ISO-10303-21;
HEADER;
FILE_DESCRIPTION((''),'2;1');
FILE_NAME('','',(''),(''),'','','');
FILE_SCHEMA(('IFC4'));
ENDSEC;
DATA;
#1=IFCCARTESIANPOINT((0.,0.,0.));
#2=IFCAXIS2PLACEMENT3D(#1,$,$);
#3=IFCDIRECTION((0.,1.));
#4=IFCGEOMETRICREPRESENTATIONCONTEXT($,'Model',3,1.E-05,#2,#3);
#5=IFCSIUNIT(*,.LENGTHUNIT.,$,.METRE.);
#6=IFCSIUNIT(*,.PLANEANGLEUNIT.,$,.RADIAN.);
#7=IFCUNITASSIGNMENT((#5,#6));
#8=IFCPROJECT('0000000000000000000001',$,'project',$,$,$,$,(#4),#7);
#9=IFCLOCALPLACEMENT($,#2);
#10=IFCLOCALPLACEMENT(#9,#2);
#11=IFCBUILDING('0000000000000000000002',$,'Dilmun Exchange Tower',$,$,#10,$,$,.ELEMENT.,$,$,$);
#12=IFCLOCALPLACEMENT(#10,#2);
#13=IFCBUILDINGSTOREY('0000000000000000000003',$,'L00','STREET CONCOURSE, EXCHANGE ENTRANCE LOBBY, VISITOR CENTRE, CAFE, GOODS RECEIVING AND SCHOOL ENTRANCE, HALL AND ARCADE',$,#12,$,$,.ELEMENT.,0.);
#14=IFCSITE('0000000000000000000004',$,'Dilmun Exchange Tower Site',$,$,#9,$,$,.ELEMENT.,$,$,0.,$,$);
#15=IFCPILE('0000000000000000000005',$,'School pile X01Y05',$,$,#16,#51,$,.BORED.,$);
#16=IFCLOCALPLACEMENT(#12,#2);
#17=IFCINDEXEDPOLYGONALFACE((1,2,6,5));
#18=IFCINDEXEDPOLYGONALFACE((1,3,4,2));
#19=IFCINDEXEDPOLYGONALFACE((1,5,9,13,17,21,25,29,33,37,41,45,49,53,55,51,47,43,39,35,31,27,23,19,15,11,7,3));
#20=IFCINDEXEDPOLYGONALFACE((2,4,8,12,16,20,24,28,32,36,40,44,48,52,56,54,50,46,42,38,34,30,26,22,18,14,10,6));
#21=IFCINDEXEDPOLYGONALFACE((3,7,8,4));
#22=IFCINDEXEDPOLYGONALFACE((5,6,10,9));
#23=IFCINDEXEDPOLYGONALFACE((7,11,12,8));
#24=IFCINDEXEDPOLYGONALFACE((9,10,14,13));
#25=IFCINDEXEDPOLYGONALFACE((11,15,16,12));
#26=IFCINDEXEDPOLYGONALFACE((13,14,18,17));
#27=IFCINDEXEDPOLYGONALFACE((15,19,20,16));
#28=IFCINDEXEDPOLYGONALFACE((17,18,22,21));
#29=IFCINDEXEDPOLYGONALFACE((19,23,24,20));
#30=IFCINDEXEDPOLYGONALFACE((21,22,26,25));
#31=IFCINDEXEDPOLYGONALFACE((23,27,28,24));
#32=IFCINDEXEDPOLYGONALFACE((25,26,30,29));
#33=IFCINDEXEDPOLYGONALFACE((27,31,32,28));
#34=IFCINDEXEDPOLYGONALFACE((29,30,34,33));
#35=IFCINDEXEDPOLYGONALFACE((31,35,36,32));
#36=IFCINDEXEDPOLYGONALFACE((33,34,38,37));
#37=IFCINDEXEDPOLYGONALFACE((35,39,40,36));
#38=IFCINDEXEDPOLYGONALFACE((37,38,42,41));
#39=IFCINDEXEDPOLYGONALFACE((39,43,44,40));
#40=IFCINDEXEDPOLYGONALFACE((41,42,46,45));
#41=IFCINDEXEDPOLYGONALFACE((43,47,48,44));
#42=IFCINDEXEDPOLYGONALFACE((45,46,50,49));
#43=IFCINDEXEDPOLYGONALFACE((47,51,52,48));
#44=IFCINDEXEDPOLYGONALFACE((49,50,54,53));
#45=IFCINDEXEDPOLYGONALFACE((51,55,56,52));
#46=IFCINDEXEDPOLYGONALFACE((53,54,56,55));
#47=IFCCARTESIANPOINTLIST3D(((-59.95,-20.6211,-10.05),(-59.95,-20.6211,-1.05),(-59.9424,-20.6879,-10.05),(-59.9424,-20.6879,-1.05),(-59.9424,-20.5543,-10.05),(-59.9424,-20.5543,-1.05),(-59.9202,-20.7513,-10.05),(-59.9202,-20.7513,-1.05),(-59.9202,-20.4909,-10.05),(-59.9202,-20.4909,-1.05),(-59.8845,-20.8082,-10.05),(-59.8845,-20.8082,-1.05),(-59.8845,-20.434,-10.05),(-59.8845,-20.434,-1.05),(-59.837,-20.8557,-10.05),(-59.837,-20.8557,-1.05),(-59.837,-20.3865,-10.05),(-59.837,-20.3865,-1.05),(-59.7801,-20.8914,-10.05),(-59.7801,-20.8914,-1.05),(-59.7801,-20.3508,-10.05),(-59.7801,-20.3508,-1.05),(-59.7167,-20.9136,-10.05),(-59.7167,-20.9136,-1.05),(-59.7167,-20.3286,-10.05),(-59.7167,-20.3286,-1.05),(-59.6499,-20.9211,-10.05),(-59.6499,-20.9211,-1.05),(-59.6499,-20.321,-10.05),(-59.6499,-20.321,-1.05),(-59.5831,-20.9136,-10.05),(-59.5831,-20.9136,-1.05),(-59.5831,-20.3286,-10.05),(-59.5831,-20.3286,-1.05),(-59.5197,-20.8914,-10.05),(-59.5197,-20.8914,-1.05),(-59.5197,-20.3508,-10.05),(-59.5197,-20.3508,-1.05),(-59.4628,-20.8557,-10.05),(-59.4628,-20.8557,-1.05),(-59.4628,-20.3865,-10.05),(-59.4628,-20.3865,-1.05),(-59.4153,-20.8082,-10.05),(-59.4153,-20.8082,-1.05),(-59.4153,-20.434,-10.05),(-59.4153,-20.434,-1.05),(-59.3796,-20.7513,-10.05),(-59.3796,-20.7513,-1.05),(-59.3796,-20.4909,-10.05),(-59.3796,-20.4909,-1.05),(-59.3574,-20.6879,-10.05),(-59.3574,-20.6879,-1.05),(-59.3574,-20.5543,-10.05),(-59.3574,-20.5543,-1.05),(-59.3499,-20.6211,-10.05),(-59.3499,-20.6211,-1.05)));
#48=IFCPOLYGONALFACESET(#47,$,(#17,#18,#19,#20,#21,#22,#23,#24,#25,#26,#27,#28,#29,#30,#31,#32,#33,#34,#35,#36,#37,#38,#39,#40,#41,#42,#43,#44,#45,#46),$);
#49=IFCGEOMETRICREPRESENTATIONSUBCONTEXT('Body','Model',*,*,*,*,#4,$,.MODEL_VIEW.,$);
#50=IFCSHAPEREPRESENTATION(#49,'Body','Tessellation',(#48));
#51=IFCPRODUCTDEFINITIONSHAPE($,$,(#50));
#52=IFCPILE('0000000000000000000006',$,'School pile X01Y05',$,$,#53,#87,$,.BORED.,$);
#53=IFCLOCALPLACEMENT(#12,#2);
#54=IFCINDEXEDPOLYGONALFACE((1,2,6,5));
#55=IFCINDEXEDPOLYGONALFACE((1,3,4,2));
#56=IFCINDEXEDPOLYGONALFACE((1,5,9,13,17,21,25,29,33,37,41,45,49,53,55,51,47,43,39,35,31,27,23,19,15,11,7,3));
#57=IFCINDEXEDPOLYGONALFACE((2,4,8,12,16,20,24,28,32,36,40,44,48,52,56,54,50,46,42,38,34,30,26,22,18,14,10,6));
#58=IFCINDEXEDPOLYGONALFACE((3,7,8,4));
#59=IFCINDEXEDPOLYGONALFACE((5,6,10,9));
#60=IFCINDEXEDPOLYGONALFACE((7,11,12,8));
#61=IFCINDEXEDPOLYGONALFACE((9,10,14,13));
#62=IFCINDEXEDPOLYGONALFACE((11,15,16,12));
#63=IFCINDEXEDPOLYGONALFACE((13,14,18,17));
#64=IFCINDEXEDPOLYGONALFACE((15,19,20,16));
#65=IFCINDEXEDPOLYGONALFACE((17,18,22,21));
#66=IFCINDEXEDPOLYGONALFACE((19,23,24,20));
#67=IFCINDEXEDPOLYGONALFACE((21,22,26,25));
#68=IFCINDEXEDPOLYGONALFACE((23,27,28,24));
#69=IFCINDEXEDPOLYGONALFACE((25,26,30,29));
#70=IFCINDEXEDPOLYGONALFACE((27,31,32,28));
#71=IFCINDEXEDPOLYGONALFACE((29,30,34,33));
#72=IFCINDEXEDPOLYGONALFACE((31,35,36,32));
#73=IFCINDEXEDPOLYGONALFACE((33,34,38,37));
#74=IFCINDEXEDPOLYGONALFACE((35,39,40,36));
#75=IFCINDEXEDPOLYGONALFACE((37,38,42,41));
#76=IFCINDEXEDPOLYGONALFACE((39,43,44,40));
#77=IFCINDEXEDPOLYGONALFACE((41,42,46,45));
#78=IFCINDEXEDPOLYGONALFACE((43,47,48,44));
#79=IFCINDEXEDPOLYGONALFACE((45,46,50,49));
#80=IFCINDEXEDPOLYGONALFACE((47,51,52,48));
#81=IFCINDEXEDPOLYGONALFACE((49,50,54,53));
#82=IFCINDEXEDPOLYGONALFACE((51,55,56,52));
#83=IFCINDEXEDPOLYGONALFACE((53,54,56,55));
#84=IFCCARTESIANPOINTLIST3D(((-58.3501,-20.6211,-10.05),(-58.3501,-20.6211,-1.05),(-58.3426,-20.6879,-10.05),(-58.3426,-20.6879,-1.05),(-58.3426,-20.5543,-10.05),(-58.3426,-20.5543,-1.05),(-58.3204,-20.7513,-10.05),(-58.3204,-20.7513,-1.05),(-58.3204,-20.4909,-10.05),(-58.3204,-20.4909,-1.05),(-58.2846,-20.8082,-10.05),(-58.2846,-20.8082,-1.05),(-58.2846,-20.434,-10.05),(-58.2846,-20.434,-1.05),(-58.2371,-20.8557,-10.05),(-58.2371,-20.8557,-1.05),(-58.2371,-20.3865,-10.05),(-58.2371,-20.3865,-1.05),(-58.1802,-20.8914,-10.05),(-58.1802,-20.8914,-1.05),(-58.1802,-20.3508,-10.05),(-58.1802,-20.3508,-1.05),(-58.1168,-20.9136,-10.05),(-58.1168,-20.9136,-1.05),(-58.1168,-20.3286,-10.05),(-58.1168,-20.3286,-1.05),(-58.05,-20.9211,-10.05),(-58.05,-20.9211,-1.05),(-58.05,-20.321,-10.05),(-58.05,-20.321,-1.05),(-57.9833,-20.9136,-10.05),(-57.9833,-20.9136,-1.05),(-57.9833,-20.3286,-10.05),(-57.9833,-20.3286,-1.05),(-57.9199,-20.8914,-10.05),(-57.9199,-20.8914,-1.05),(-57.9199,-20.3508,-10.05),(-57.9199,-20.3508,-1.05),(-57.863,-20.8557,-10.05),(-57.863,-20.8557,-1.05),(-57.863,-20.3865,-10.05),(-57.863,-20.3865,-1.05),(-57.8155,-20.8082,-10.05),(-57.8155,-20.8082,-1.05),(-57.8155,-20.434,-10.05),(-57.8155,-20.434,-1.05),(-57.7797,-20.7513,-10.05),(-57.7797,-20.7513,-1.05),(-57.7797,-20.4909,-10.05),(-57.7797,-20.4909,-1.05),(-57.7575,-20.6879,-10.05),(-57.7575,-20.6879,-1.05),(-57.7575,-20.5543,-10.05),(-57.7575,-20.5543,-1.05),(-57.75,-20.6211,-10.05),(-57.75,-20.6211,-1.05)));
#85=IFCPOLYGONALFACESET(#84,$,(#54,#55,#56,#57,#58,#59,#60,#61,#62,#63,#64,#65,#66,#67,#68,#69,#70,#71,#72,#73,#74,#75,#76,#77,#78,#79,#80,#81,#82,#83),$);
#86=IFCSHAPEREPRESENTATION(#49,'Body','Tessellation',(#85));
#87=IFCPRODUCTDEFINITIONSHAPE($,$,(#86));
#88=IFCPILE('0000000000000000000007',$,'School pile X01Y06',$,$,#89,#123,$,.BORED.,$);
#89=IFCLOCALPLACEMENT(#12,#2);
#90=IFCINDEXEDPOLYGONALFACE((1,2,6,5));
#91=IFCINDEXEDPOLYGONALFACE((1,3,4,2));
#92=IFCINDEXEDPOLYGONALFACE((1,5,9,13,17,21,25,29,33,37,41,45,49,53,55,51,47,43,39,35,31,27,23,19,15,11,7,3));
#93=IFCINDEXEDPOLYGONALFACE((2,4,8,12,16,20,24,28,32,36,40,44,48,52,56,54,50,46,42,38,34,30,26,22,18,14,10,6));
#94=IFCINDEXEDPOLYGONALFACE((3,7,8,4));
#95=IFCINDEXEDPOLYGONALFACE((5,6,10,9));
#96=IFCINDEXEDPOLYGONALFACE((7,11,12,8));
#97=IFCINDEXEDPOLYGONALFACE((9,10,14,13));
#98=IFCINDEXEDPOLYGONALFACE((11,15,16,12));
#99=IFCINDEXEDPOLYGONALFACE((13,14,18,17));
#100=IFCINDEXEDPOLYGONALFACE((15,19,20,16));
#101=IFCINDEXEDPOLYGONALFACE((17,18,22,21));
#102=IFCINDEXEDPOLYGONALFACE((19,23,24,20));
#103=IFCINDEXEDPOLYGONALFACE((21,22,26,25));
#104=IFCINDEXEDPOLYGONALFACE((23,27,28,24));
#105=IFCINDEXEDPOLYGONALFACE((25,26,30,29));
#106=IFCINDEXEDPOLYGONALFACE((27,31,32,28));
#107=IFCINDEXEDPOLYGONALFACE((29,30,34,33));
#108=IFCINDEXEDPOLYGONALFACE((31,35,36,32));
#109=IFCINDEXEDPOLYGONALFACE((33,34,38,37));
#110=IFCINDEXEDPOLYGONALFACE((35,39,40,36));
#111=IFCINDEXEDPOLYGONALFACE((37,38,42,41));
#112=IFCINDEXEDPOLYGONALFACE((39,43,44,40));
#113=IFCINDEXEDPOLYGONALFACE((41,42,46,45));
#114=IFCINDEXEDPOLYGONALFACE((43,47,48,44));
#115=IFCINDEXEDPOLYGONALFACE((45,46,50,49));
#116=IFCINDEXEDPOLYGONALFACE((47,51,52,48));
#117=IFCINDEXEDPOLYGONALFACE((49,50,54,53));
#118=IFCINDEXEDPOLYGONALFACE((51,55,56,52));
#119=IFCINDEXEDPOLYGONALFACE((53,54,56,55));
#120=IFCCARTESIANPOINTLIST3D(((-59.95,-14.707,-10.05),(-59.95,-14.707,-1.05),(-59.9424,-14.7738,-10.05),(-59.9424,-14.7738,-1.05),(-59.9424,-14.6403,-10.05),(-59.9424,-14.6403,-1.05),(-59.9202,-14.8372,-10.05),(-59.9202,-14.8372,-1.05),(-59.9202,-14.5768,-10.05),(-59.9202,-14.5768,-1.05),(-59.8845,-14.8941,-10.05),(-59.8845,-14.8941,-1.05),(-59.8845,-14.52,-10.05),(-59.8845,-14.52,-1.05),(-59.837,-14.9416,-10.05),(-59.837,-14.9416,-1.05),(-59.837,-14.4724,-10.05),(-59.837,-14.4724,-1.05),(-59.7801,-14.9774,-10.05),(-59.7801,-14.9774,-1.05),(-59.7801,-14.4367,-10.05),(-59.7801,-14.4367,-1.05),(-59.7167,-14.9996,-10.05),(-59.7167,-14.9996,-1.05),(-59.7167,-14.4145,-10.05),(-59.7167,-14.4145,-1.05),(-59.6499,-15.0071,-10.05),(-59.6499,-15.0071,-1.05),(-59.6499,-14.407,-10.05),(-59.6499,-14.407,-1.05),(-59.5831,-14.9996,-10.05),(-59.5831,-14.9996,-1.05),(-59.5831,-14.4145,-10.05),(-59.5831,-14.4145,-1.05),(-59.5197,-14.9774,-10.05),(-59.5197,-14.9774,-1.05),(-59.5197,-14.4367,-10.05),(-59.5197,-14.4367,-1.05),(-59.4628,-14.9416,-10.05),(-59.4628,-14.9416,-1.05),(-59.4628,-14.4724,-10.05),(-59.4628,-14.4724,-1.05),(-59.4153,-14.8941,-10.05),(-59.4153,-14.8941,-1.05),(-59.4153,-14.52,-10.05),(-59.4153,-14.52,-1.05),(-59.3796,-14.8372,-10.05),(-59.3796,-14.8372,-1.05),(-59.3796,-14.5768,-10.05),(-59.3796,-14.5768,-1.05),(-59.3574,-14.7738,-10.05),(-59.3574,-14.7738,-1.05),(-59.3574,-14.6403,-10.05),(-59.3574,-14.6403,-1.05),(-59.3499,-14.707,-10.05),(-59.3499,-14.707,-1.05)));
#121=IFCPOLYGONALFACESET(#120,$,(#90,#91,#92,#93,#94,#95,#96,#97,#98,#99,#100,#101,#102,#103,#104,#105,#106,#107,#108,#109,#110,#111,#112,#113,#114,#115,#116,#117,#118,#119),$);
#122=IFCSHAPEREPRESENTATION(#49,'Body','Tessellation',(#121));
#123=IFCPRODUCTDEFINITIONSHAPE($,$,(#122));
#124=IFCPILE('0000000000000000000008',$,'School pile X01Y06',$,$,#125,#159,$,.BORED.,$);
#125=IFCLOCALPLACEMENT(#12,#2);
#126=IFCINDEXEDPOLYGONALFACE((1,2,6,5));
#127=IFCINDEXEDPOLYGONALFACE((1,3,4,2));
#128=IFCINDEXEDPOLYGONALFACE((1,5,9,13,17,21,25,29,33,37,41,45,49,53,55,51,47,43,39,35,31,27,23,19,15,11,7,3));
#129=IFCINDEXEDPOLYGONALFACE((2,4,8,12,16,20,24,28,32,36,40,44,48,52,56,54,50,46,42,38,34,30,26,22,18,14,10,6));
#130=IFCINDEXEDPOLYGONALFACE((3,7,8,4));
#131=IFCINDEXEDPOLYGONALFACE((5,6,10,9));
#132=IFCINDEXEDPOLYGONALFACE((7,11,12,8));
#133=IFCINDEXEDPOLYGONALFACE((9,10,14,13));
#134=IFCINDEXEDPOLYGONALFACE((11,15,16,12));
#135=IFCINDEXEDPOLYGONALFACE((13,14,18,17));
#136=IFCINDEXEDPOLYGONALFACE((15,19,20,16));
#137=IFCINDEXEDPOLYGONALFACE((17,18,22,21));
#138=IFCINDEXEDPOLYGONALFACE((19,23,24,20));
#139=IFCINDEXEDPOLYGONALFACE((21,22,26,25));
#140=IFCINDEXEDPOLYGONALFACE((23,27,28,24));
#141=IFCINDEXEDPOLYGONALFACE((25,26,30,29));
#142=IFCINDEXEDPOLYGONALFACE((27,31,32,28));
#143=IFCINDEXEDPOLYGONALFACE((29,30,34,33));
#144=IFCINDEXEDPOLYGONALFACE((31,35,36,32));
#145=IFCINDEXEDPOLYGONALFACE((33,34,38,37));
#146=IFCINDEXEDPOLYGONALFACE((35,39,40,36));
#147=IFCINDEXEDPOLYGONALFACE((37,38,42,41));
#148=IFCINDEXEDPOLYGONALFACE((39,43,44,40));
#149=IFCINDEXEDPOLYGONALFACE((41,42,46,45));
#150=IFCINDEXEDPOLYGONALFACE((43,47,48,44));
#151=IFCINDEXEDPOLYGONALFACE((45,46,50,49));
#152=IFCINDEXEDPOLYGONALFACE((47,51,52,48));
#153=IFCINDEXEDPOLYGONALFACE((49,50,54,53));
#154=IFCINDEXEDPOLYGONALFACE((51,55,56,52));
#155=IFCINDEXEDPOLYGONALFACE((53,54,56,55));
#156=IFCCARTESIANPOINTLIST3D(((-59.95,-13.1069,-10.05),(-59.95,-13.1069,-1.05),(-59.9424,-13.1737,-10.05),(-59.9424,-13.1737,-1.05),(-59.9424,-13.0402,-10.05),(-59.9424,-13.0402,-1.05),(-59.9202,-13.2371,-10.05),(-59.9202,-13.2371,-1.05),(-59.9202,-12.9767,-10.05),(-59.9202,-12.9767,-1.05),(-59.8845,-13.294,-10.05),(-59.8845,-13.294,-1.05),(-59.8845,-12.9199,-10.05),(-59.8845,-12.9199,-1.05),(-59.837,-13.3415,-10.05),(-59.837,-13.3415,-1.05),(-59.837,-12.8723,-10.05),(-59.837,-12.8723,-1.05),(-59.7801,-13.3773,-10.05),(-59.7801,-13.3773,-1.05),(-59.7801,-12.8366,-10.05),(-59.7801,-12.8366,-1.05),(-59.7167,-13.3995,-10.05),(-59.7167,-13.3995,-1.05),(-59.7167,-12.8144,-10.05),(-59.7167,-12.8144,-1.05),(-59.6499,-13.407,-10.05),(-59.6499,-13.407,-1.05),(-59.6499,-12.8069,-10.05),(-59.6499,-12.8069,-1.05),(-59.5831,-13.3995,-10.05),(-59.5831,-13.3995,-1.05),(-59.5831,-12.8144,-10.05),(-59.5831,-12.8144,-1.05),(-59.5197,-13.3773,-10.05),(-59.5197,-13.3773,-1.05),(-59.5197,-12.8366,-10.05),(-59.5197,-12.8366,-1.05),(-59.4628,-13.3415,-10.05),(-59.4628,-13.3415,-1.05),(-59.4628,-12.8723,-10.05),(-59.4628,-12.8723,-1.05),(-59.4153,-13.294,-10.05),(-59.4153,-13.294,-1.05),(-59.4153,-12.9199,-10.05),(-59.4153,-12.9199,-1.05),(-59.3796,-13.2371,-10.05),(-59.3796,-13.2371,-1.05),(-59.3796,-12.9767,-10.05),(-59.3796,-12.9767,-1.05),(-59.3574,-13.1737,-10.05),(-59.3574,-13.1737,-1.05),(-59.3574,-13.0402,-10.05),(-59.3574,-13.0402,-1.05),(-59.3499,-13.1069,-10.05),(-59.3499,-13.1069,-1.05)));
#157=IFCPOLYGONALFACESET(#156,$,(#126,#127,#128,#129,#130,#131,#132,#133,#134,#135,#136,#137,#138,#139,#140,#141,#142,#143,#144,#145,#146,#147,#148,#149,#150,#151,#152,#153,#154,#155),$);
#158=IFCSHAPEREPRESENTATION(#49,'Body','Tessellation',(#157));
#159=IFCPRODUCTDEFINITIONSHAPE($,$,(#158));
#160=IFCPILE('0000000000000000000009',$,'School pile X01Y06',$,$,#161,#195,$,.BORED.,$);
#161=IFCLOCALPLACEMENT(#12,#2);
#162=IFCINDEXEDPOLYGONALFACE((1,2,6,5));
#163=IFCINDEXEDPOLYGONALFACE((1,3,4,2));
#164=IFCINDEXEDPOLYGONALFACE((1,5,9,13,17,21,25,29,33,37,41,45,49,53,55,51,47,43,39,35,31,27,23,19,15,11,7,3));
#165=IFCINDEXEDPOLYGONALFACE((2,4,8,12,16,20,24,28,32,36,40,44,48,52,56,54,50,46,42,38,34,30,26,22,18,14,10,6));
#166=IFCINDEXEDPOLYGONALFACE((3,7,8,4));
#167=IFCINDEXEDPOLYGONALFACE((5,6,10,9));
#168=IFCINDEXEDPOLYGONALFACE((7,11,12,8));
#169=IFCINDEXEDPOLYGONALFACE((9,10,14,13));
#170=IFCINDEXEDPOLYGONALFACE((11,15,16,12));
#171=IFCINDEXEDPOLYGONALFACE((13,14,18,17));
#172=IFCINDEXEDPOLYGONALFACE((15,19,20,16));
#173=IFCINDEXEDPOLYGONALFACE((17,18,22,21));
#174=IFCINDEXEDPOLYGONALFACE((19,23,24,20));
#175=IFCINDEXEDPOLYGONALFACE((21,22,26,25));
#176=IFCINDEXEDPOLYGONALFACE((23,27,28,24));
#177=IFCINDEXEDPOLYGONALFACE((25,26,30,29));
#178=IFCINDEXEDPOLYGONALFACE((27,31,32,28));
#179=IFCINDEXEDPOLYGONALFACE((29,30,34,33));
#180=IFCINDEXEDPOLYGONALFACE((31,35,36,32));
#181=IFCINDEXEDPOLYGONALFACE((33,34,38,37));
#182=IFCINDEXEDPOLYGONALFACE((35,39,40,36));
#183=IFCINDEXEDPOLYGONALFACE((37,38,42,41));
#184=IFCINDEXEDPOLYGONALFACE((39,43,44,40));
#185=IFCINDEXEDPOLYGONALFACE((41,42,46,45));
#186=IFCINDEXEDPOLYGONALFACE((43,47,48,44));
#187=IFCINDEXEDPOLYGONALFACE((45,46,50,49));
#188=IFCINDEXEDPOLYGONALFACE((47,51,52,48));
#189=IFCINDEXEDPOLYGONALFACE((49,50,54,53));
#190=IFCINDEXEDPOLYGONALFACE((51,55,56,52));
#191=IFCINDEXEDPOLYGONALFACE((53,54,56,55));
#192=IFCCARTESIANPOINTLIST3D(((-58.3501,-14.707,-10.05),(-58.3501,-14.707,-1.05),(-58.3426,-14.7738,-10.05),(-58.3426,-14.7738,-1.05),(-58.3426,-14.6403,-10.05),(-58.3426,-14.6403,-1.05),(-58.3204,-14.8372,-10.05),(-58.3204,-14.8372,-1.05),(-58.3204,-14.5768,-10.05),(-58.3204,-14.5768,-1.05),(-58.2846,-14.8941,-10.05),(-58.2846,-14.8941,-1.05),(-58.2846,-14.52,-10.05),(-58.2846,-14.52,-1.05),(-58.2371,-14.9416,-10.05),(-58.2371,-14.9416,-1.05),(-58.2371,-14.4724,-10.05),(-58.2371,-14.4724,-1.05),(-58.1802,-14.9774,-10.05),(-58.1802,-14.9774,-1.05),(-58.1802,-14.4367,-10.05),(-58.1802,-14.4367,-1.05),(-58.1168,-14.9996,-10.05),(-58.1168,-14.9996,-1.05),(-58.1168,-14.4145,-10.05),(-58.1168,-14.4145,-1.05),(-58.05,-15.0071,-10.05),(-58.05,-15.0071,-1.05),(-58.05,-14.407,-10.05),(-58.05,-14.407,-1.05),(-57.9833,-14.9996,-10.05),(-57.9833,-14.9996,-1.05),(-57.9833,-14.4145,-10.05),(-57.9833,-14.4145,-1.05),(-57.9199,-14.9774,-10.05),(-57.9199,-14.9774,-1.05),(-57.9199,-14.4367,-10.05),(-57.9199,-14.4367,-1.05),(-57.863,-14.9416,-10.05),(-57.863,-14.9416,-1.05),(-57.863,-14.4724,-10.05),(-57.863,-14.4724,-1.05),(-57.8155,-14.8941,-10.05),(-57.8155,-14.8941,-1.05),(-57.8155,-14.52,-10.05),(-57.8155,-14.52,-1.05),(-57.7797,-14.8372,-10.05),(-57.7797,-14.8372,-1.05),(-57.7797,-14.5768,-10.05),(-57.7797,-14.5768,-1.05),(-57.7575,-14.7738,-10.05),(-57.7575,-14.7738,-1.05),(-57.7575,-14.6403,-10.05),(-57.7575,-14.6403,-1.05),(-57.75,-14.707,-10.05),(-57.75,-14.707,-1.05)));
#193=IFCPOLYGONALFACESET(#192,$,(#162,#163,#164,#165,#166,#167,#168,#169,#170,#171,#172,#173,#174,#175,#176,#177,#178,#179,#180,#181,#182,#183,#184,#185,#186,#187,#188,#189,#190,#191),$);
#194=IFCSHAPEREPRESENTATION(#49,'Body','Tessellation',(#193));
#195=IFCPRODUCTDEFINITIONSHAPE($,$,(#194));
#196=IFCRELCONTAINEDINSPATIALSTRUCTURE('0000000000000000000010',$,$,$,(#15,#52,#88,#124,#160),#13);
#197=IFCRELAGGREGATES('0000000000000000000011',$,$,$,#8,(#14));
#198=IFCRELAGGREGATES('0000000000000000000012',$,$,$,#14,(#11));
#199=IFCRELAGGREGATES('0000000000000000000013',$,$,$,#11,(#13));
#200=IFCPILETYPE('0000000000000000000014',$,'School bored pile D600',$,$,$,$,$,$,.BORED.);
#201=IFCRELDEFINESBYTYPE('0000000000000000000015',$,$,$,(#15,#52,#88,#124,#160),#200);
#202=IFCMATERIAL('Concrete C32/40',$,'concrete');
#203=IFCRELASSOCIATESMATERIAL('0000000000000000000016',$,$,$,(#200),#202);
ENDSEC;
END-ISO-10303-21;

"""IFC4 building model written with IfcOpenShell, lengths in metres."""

from ifc_helpers import new_model, si_unit, direction, frame, origin, origin_2d, place, context, subcontext, project, spatial, circle, extrude, material, material_profile, profile_set, type_object, element, save


model = new_model("IFC4")

# Units and contexts
model_context = context("Model", 3, precision=1e-05, world=origin(), true_north=direction((0.0, 1.0)))
body_context = subcontext(model_context, "Body", "Model", "MODEL_VIEW")
ifc_project = project(units=[si_unit("LENGTHUNIT", "METRE"), si_unit("PLANEANGLEUNIT", "RADIAN")], contexts=[model_context])

# Site, building, storey
site_placement = place(None, origin())
site = spatial("IfcSite", under=ifc_project, at=site_placement, Name="Dilmun Exchange Tower Site", CompositionType="ELEMENT", RefElevation=0.0)
building_placement = place(site_placement, origin())
building = spatial("IfcBuilding", under=site, at=building_placement, Name="Dilmun Exchange Tower", CompositionType="ELEMENT")
storey_placement = place(building_placement, origin())
storey = spatial("IfcBuildingStorey", under=building, at=storey_placement, Name="L00", Description="STREET CONCOURSE, EXCHANGE ENTRANCE LOBBY, VISITOR CENTRE, CAFE, GOODS RECEIVING AND SCHOOL ENTRANCE, HALL AND ARCADE", CompositionType="ELEMENT", Elevation=0.0)

# Piles
ifc_material_1 = material(Name="Concrete C32/40", Category="concrete")
ifc_material_profile_1 = material_profile(ifc_material_1, circle(Radius=0.3, at=origin_2d()), Name="D600")
ifc_profile_set_1 = profile_set([ifc_material_profile_1], Name="Concrete C32/40")
pile_type = type_object("IfcPileType", Name="School bored pile D600", PredefinedType="BORED", material=ifc_profile_set_1)
for number, where, z_axis, x_axis, name in (
    (1, (-59.6499, -20.6211, -1.05), (0.0, 0.0, -1.0), (1.0, 0.0, 0.0), "School pile X01Y05"),
    (2, (-58.05, -20.6211, -1.05), (0.0, 0.0, -1.0), (1.0, 0.0, 0.0), "School pile X01Y05"),
    (3, (-59.6499, -14.707, -1.05), (0.0, 0.0, -1.0), (1.0, 0.0, 0.0), "School pile X01Y06"),
    (4, (-59.6499, -13.1069, -1.05), (0.0, 0.0, -1.0), (1.0, 0.0, 0.0), "School pile X01Y06"),
    (5, (-58.05, -14.707, -1.05), (0.0, 0.0, -1.0), (1.0, 0.0, 0.0), "School pile X01Y06"),
):
    element("IfcPile", number, at=place(storey_placement, frame(where, z_axis=z_axis, x_axis=x_axis)), inside=storey, type_object=pile_type, Name=name, PredefinedType="BORED", context=body_context, shape_type="SweptSolid", body=[
        extrude(circle(Radius=0.3, at=origin_2d()), origin(), (0.0, 0.0, 1.0), 9.0),
    ])

save(model, "model.ifc")
